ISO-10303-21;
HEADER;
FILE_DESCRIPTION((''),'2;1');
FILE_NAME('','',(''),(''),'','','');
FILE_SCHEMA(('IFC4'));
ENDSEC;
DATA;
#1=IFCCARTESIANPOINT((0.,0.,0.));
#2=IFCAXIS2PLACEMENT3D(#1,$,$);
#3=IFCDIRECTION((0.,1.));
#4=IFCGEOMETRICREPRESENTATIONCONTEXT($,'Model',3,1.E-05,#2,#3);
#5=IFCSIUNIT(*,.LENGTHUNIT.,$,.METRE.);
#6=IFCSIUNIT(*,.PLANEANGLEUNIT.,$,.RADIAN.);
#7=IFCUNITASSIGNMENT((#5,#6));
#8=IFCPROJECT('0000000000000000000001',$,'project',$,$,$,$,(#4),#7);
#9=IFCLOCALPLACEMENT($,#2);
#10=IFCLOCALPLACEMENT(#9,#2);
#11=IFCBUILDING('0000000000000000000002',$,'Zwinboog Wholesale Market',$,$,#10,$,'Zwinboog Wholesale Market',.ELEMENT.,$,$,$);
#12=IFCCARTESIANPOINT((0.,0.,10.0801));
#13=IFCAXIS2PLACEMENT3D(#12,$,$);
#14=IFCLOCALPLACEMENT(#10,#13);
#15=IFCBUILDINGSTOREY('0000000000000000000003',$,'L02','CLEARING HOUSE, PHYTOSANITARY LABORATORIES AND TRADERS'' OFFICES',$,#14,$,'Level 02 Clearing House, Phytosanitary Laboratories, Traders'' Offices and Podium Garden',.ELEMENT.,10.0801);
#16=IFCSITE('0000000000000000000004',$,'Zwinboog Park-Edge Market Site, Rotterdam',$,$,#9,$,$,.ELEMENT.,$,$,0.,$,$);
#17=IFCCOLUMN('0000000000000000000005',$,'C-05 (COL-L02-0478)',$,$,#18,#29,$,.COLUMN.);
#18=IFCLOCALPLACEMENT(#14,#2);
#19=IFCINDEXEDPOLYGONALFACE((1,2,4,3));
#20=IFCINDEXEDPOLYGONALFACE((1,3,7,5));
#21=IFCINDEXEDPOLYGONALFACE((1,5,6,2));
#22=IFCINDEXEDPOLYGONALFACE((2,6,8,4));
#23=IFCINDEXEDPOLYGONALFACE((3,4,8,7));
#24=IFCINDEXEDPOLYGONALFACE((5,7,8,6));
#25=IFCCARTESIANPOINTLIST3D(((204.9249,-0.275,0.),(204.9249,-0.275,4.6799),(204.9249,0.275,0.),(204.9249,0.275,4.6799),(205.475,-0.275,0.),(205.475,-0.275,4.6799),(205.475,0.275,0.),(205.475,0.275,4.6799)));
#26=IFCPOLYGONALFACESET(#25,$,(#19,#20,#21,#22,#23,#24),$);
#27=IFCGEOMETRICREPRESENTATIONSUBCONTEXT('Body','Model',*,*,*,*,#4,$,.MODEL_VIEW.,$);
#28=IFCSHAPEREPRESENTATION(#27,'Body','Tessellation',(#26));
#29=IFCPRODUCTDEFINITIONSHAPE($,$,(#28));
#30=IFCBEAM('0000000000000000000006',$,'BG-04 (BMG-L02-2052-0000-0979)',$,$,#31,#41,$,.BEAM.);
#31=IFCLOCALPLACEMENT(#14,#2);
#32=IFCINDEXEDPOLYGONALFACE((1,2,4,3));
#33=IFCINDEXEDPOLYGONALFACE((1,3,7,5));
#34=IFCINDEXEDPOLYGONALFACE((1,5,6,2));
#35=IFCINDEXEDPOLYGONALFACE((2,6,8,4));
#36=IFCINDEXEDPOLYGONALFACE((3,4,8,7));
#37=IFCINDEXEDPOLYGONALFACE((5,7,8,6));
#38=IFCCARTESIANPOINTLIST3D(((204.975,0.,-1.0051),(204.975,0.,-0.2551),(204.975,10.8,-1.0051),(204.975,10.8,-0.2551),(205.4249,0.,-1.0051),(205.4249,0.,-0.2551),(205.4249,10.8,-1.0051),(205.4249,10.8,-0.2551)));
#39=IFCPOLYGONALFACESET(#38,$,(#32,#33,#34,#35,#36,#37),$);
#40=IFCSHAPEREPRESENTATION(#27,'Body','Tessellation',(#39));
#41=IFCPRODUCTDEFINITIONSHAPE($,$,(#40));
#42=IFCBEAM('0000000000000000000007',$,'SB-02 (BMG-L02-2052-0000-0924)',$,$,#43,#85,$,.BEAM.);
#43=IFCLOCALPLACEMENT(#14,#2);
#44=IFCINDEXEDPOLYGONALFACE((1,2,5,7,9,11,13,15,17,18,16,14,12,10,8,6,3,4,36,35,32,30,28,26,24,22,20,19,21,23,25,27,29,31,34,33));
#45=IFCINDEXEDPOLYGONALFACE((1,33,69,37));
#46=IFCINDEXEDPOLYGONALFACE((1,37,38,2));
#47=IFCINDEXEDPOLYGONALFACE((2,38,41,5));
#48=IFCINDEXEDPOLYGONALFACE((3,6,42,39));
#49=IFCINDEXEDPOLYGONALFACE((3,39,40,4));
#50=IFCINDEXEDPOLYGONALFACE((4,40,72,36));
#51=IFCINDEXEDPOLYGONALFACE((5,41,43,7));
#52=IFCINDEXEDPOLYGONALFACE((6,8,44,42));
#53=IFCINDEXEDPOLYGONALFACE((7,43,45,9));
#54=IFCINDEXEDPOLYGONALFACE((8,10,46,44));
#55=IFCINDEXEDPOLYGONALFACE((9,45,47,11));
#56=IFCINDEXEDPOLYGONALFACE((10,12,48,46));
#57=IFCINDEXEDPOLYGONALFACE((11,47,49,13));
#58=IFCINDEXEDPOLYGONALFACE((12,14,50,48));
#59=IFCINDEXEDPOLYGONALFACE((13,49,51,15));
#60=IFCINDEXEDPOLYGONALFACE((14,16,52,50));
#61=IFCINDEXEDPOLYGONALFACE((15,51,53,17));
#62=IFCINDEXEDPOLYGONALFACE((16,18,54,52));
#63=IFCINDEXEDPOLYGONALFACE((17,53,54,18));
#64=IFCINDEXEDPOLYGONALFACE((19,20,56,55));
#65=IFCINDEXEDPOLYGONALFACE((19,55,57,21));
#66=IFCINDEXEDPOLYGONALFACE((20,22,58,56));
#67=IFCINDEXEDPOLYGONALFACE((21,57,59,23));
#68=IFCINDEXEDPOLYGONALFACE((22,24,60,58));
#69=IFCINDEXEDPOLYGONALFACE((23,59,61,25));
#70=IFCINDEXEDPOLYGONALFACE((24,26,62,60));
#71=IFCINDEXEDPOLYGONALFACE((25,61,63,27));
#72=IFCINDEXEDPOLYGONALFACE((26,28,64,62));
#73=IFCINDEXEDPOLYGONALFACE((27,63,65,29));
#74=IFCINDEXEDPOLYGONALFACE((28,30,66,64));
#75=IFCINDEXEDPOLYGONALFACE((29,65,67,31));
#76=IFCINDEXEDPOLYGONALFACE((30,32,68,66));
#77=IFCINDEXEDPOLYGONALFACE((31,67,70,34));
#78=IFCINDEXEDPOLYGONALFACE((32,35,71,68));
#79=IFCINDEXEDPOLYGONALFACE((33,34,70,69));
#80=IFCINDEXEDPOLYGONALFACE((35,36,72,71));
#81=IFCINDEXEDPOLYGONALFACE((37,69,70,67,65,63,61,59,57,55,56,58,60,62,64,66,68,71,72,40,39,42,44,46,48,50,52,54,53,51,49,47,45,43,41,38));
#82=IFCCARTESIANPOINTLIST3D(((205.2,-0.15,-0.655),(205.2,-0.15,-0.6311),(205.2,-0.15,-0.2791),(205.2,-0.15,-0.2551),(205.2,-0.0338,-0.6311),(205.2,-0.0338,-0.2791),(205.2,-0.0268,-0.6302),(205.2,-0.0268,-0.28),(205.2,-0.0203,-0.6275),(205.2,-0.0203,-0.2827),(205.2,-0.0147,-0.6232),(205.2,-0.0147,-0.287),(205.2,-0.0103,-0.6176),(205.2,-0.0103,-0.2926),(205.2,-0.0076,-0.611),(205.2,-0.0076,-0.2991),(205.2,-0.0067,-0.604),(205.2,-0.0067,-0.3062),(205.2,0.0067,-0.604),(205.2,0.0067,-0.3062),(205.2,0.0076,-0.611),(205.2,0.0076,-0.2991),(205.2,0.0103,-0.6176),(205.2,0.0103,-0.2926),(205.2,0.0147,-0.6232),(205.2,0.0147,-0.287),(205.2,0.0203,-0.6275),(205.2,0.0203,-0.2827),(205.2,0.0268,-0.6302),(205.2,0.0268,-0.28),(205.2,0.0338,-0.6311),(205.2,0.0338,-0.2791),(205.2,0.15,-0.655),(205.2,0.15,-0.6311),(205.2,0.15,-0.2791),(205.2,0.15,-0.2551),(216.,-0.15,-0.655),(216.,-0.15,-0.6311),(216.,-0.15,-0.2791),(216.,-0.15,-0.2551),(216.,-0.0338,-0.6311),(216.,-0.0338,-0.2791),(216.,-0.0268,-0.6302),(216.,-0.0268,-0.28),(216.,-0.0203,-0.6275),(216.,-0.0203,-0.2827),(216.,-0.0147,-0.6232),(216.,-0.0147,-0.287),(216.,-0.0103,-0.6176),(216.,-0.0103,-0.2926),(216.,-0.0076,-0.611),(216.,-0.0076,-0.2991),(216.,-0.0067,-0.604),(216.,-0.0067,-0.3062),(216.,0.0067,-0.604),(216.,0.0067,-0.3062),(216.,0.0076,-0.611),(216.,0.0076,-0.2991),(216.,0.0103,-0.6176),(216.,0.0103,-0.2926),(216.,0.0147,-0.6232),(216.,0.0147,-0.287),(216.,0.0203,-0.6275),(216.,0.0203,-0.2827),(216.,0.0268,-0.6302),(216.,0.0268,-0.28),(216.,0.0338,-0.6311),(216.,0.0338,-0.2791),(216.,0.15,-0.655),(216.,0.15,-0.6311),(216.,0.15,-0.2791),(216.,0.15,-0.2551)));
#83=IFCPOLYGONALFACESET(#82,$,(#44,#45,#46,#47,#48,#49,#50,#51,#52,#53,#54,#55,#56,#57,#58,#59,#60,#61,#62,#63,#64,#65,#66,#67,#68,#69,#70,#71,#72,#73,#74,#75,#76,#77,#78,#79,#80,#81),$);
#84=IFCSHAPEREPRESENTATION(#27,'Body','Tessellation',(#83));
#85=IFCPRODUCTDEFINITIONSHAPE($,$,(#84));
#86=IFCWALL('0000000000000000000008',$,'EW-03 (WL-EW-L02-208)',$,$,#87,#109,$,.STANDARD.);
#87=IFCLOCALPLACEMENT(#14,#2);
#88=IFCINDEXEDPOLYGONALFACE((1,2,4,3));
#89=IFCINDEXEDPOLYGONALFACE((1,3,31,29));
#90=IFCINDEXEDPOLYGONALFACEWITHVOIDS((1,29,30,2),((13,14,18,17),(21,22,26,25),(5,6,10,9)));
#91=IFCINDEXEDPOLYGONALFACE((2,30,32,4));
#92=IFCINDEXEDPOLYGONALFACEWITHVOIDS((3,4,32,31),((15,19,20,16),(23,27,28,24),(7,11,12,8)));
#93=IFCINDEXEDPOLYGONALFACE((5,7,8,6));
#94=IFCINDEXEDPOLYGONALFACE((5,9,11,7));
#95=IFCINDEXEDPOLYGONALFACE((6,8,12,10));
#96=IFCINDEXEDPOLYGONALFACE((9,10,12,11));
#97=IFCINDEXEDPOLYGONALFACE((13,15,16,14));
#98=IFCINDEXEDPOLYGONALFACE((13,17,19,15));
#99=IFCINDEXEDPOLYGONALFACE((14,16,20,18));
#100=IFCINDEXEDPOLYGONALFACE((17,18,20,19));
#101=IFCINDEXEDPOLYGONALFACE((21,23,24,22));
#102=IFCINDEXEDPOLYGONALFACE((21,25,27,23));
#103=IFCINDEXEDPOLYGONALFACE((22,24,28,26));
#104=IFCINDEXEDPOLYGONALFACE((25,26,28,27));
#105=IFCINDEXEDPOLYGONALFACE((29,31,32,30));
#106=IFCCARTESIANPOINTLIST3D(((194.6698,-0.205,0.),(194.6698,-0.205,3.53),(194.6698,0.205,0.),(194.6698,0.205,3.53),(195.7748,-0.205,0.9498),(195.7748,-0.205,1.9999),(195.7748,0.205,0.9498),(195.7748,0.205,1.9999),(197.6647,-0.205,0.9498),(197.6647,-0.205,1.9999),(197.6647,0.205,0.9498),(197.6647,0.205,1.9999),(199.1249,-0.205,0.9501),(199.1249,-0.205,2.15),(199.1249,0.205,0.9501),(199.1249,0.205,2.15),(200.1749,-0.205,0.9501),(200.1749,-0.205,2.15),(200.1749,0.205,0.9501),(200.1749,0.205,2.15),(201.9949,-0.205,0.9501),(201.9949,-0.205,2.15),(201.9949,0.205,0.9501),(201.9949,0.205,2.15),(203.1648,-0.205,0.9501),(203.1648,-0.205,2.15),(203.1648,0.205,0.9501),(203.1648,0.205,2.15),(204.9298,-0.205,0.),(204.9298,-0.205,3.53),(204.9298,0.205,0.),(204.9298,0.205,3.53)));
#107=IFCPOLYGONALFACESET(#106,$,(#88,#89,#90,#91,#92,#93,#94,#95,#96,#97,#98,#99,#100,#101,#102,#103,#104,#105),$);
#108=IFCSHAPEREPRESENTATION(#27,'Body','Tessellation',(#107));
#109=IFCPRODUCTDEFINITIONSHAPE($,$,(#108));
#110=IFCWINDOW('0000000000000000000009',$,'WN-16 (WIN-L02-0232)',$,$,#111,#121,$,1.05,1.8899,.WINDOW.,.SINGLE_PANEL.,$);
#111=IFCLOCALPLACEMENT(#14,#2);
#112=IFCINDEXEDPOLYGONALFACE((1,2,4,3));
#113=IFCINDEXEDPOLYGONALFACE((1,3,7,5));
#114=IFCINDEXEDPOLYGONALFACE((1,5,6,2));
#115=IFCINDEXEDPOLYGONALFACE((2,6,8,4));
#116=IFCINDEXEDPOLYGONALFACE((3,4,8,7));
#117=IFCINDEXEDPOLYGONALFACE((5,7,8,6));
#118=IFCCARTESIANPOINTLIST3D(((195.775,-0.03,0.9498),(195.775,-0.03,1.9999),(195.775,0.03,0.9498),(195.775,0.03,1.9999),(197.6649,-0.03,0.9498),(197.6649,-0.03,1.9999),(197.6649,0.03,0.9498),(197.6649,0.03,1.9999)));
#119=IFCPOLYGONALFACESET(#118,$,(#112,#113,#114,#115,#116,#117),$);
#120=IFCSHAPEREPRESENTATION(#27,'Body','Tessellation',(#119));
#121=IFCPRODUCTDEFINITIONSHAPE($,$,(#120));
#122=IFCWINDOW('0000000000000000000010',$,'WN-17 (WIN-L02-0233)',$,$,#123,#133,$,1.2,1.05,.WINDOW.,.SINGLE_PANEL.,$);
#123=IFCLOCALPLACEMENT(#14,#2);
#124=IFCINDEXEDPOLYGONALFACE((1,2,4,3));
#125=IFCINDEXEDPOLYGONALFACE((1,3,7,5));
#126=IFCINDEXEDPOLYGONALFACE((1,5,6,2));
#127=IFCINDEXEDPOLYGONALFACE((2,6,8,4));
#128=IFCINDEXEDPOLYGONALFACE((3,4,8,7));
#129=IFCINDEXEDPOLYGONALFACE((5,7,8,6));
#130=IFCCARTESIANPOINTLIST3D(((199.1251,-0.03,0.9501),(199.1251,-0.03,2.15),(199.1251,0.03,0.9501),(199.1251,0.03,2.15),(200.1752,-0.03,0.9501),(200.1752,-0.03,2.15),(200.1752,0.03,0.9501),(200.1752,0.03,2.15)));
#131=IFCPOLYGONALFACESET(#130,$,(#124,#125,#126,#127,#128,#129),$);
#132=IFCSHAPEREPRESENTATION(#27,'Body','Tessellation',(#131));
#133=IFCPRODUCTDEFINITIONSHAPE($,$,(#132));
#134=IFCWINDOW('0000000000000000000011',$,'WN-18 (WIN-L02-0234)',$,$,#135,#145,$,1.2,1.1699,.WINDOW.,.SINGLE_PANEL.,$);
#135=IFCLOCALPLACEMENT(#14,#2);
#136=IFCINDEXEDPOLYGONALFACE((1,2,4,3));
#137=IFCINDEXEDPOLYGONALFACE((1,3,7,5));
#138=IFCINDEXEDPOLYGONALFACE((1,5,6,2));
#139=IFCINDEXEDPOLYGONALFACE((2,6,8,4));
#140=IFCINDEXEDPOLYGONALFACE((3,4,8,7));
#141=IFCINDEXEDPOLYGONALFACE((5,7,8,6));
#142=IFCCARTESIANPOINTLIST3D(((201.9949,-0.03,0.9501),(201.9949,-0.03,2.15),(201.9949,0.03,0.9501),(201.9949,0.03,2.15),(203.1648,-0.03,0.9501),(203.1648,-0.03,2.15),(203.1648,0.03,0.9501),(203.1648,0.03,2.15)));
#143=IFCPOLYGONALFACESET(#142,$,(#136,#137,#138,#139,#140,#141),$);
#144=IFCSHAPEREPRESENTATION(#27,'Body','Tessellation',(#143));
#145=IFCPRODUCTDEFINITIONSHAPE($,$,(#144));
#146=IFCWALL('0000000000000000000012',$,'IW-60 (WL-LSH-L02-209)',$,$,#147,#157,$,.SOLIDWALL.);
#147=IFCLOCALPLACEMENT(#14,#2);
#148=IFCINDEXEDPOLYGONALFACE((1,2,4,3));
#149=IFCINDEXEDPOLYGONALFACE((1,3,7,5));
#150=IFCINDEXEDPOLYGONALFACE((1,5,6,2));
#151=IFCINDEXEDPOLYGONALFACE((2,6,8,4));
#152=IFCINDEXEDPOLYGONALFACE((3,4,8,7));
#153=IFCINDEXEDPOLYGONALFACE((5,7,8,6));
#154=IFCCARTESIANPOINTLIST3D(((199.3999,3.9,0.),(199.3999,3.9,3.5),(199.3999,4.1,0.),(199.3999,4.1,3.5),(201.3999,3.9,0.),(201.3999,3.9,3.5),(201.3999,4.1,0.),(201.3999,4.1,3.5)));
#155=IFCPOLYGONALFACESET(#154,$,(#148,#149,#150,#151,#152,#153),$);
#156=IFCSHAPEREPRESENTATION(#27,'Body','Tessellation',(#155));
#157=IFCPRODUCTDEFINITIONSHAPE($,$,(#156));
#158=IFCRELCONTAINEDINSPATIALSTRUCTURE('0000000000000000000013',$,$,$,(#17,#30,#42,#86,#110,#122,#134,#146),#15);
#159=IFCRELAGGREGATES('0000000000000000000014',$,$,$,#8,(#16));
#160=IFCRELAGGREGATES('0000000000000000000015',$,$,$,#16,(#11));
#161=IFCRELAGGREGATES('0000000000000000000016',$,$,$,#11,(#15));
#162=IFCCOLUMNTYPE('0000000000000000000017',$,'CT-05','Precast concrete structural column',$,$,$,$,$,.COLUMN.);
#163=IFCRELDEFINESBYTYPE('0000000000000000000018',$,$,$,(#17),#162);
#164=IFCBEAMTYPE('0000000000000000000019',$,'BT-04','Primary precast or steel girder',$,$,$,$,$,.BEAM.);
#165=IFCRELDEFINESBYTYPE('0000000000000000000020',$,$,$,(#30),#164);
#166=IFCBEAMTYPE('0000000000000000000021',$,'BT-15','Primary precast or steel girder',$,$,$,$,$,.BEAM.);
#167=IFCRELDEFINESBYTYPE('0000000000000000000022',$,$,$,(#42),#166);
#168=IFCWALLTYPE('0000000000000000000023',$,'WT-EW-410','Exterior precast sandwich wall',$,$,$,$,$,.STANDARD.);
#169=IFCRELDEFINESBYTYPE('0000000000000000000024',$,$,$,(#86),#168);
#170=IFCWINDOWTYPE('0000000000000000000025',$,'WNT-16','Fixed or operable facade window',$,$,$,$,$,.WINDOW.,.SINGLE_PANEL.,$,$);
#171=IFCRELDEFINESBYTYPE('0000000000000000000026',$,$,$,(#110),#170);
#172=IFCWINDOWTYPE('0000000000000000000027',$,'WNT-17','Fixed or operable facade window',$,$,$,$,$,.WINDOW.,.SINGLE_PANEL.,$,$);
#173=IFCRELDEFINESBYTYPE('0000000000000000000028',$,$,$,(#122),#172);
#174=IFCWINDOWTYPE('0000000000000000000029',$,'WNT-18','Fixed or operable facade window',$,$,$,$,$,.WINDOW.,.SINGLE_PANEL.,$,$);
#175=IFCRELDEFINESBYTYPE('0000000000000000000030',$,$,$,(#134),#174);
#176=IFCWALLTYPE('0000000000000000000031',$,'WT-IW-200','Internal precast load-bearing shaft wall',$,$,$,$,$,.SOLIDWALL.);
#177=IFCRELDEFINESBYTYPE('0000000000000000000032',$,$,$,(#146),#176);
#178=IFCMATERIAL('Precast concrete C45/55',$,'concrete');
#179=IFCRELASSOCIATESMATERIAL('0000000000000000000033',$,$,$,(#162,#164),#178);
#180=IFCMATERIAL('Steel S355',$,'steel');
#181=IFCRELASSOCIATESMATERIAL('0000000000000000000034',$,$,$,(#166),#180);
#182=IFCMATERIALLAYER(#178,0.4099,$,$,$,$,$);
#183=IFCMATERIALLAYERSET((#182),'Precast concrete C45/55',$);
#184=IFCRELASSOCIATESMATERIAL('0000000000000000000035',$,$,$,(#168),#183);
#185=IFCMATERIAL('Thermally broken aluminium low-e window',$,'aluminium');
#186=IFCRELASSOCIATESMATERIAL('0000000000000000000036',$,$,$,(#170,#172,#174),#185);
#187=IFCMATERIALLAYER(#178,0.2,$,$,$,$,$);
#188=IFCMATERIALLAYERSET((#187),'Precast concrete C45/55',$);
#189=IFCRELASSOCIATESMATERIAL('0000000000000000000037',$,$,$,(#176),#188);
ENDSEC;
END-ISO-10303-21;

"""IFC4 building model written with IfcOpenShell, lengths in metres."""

from ifc_helpers import new_model, si_unit, direction, frame, frame_2d, origin, origin_2d, place, context, subcontext, project, spatial, rectangle, i_section, extrude, material, layer, layer_set, material_profile, profile_set, type_object, element, fill, save


model = new_model("IFC4")

# Units and contexts
model_context = context("Model", 3, precision=1e-05, world=origin(), true_north=direction((0.0, 1.0)))
body_context = subcontext(model_context, "Body", "Model", "MODEL_VIEW")
ifc_project = project(units=[si_unit("LENGTHUNIT", "METRE"), si_unit("PLANEANGLEUNIT", "RADIAN")], contexts=[model_context])

# Site, building, storey
site_placement = place(None, origin())
site = spatial("IfcSite", under=ifc_project, at=site_placement, Name="Zwinboog Park-Edge Market Site, Rotterdam", CompositionType="ELEMENT", RefElevation=0.0)
building_placement = place(site_placement, origin())
building = spatial("IfcBuilding", under=site, at=building_placement, Name="Zwinboog Wholesale Market", LongName="Zwinboog Wholesale Market", CompositionType="ELEMENT")
storey_placement = place(building_placement, frame((0.0, 0.0, 10.0801)))
storey = spatial("IfcBuildingStorey", under=building, at=storey_placement, Name="L02", Description="CLEARING HOUSE, PHYTOSANITARY LABORATORIES AND TRADERS' OFFICES", LongName="Level 02 Clearing House, Phytosanitary Laboratories, Traders' Offices and Podium Garden", CompositionType="ELEMENT", Elevation=10.0801)

# Column
ifc_material_1 = material(Name="Precast concrete C45/55", Category="concrete")
ifc_material_profile_1 = material_profile(ifc_material_1, rectangle(XDim=0.55, YDim=0.55, at=origin_2d()), Name="PC 550x550")
ifc_profile_set_1 = profile_set([ifc_material_profile_1], Name="Precast concrete C45/55")
column_type = type_object("IfcColumnType", Name="CT-05", Description="Precast concrete structural column", PredefinedType="COLUMN", material=ifc_profile_set_1)
column_placement = place(storey_placement, frame((205.2, 0.0, 0.0), z_axis=(0.0, 0.0, 1.0), x_axis=(1.0, 0.0, 0.0)))
element("IfcColumn", 1, at=column_placement, inside=storey, type_object=column_type, Name="C-05 (COL-L02-0478)", PredefinedType="COLUMN", context=body_context, shape_type="SweptSolid", body=[
    extrude(rectangle(XDim=0.55, YDim=0.55, at=origin_2d()), origin(), (0.0, 0.0, 1.0), 4.6799),
])

# Beams
ifc_material_profile_2 = material_profile(ifc_material_1, rectangle(XDim=0.45, YDim=0.75, at=origin_2d()), Name="PC 450x750")
ifc_profile_set_2 = profile_set([ifc_material_profile_2], Name="Precast concrete C45/55")
beam_type_1 = type_object("IfcBeamType", Name="BT-04", Description="Primary precast or steel girder", PredefinedType="BEAM", material=ifc_profile_set_2)
beam_1_placement = place(storey_placement, frame((205.2, 0.0, -0.6301), z_axis=(0.0, 1.0, 0.0), x_axis=(-1.0, 0.0, 0.0)))
element("IfcBeam", 2, at=beam_1_placement, inside=storey, type_object=beam_type_1, Name="BG-04 (BMG-L02-2052-0000-0979)", PredefinedType="BEAM", context=body_context, shape_type="SweptSolid", body=[
    extrude(rectangle(XDim=0.45, YDim=0.75, at=origin_2d()), origin(), (0.0, 0.0, 1.0), 10.8),
])
ifc_material_2 = material(Name="Steel S355", Category="steel")
ifc_material_profile_3 = material_profile(ifc_material_2, i_section(OverallWidth=0.3, OverallDepth=0.3999, WebThickness=0.0134, FlangeThickness=0.0239, FilletRadius=0.0271, at=origin_2d()), Name="HEB 400")
ifc_profile_set_3 = profile_set([ifc_material_profile_3], Name="Steel S355")
beam_type_2 = type_object("IfcBeamType", Name="BT-15", Description="Primary precast or steel girder", PredefinedType="BEAM", material=ifc_profile_set_3)
beam_2_placement = place(storey_placement, frame((205.2, 0.0, -0.4551), z_axis=(1.0, 0.0, 0.0), x_axis=(0.0, 1.0, 0.0)))
element("IfcBeam", 3, at=beam_2_placement, inside=storey, type_object=beam_type_2, Name="SB-02 (BMG-L02-2052-0000-0924)", PredefinedType="BEAM", context=body_context, shape_type="SweptSolid", body=[
    extrude(i_section(OverallWidth=0.3, OverallDepth=0.3999, WebThickness=0.0134, FlangeThickness=0.0239, FilletRadius=0.0271, at=origin_2d()), origin(), (0.0, 0.0, 1.0), 10.8),
])

# Wall, openings, windows
ifc_layer_1 = layer(ifc_material_1, 0.4099)
ifc_layer_set_1 = layer_set([ifc_layer_1], Name="Precast concrete C45/55")
wall_type_1 = type_object("IfcWallType", Name="WT-EW-410", Description="Exterior precast sandwich wall", PredefinedType="STANDARD", material=ifc_layer_set_1)
wall_1_placement = place(storey_placement, frame((194.6699, 0.0, 0.0), z_axis=(0.0, 0.0, 1.0), x_axis=(1.0, 0.0, 0.0)))
wall_1 = element("IfcWall", 4, at=wall_1_placement, inside=storey, type_object=wall_type_1, Name="EW-03 (WL-EW-L02-208)", PredefinedType="STANDARD", context=body_context, shape_type="SweptSolid", body=[
    extrude(rectangle(XDim=10.26, YDim=0.4099, at=frame_2d((5.1299, 0.0))), origin(), (0.0, 0.0, 1.0), 3.53),
])
opening_1_placement = place(wall_1_placement, frame((1.105, 0.0, 0.95)))
opening_1 = element("IfcOpeningElement", 5, at=opening_1_placement, cuts=wall_1, PredefinedType="OPENING", context=body_context, shape_type="SweptSolid", body=[
    extrude(rectangle(XDim=1.8899, YDim=1.05, at=frame_2d((0.9448, 0.5249))), frame((0.0, 0.2148, 0.0), z_axis=(0.0, -1.0, 0.0), x_axis=(1.0, 0.0, 0.0)), (0.0, 0.0, 1.0), 0.4299),
])
opening_2_placement = place(wall_1_placement, frame((4.4551, 0.0, 0.95)))
opening_2 = element("IfcOpeningElement", 6, at=opening_2_placement, cuts=wall_1, PredefinedType="OPENING", context=body_context, shape_type="SweptSolid", body=[
    extrude(rectangle(XDim=1.05, YDim=1.2, at=frame_2d((0.5249, 0.6001))), frame((0.0, 0.2148, 0.0), z_axis=(0.0, -1.0, 0.0), x_axis=(1.0, 0.0, 0.0)), (0.0, 0.0, 1.0), 0.4299),
])
opening_3_placement = place(wall_1_placement, frame((7.325, 0.0, 0.95)))
opening_3 = element("IfcOpeningElement", 7, at=opening_3_placement, cuts=wall_1, PredefinedType="OPENING", context=body_context, shape_type="SweptSolid", body=[
    extrude(rectangle(XDim=1.1699, YDim=1.2, at=frame_2d((0.585, 0.6001))), frame((0.0, 0.2148, 0.0), z_axis=(0.0, -1.0, 0.0), x_axis=(1.0, 0.0, 0.0)), (0.0, 0.0, 1.0), 0.4299),
])
ifc_material_3 = material(Name="Thermally broken aluminium low-e window", Category="aluminium")
window_type_1 = type_object("IfcWindowType", Name="WNT-16", Description="Fixed or operable facade window", PartitioningType="SINGLE_PANEL", PredefinedType="WINDOW", material=ifc_material_3)
window_1_placement = place(opening_1_placement, frame((1.8899, 0.0, 0.0), z_axis=(0.0, 0.0, 1.0), x_axis=(-1.0, 0.0, 0.0)))
window_1 = element("IfcWindow", 8, at=window_1_placement, inside=storey, type_object=window_type_1, Name="WN-16 (WIN-L02-0232)", OverallHeight=1.05, OverallWidth=1.8899, PartitioningType="SINGLE_PANEL", PredefinedType="WINDOW", context=body_context, shape_type="SweptSolid", body=[
    extrude(rectangle(XDim=1.8899, YDim=1.05, at=frame_2d((0.9448, 0.5249))), frame((0.0, 0.03, 0.0), z_axis=(0.0, -1.0, 0.0), x_axis=(1.0, 0.0, 0.0)), (0.0, 0.0, 1.0), 0.0601),
])
fill(opening_1, window_1)
window_type_2 = type_object("IfcWindowType", Name="WNT-17", Description="Fixed or operable facade window", PartitioningType="SINGLE_PANEL", PredefinedType="WINDOW", material=ifc_material_3)
window_2_placement = place(opening_2_placement, frame((1.05, 0.0, 0.0), z_axis=(0.0, 0.0, 1.0), x_axis=(-1.0, 0.0, 0.0)))
window_2 = element("IfcWindow", 9, at=window_2_placement, inside=storey, type_object=window_type_2, Name="WN-17 (WIN-L02-0233)", OverallHeight=1.2, OverallWidth=1.05, PartitioningType="SINGLE_PANEL", PredefinedType="WINDOW", context=body_context, shape_type="SweptSolid", body=[
    extrude(rectangle(XDim=1.05, YDim=1.2, at=frame_2d((0.5249, 0.6001))), frame((0.0, 0.03, 0.0), z_axis=(0.0, -1.0, 0.0), x_axis=(1.0, 0.0, 0.0)), (0.0, 0.0, 1.0), 0.0601),
])
fill(opening_2, window_2)
window_type_3 = type_object("IfcWindowType", Name="WNT-18", Description="Fixed or operable facade window", PartitioningType="SINGLE_PANEL", PredefinedType="WINDOW", material=ifc_material_3)
window_3_placement = place(opening_3_placement, frame((1.1699, 0.0, 0.0), z_axis=(0.0, 0.0, 1.0), x_axis=(-1.0, 0.0, 0.0)))
window_3 = element("IfcWindow", 10, at=window_3_placement, inside=storey, type_object=window_type_3, Name="WN-18 (WIN-L02-0234)", OverallHeight=1.2, OverallWidth=1.1699, PartitioningType="SINGLE_PANEL", PredefinedType="WINDOW", context=body_context, shape_type="SweptSolid", body=[
    extrude(rectangle(XDim=1.1699, YDim=1.2, at=frame_2d((0.585, 0.6001))), frame((0.0, 0.03, 0.0), z_axis=(0.0, -1.0, 0.0), x_axis=(1.0, 0.0, 0.0)), (0.0, 0.0, 1.0), 0.0601),
])
fill(opening_3, window_3)

# Wall
ifc_layer_2 = layer(ifc_material_1, 0.2)
ifc_layer_set_2 = layer_set([ifc_layer_2], Name="Precast concrete C45/55")
wall_type_2 = type_object("IfcWallType", Name="WT-IW-200", Description="Internal precast load-bearing shaft wall", PredefinedType="SOLIDWALL", material=ifc_layer_set_2)
wall_2_placement = place(storey_placement, frame((199.3999, 4.0, 0.0), z_axis=(0.0, 0.0, 1.0), x_axis=(1.0, 0.0, 0.0)))
element("IfcWall", 11, at=wall_2_placement, inside=storey, type_object=wall_type_2, Name="IW-60 (WL-LSH-L02-209)", PredefinedType="SOLIDWALL", context=body_context, shape_type="SweptSolid", body=[
    extrude(rectangle(XDim=2.0, YDim=0.2, at=frame_2d((1.0, 0.0))), origin(), (0.0, 0.0, 1.0), 3.5),
])

save(model, "model.ifc")
